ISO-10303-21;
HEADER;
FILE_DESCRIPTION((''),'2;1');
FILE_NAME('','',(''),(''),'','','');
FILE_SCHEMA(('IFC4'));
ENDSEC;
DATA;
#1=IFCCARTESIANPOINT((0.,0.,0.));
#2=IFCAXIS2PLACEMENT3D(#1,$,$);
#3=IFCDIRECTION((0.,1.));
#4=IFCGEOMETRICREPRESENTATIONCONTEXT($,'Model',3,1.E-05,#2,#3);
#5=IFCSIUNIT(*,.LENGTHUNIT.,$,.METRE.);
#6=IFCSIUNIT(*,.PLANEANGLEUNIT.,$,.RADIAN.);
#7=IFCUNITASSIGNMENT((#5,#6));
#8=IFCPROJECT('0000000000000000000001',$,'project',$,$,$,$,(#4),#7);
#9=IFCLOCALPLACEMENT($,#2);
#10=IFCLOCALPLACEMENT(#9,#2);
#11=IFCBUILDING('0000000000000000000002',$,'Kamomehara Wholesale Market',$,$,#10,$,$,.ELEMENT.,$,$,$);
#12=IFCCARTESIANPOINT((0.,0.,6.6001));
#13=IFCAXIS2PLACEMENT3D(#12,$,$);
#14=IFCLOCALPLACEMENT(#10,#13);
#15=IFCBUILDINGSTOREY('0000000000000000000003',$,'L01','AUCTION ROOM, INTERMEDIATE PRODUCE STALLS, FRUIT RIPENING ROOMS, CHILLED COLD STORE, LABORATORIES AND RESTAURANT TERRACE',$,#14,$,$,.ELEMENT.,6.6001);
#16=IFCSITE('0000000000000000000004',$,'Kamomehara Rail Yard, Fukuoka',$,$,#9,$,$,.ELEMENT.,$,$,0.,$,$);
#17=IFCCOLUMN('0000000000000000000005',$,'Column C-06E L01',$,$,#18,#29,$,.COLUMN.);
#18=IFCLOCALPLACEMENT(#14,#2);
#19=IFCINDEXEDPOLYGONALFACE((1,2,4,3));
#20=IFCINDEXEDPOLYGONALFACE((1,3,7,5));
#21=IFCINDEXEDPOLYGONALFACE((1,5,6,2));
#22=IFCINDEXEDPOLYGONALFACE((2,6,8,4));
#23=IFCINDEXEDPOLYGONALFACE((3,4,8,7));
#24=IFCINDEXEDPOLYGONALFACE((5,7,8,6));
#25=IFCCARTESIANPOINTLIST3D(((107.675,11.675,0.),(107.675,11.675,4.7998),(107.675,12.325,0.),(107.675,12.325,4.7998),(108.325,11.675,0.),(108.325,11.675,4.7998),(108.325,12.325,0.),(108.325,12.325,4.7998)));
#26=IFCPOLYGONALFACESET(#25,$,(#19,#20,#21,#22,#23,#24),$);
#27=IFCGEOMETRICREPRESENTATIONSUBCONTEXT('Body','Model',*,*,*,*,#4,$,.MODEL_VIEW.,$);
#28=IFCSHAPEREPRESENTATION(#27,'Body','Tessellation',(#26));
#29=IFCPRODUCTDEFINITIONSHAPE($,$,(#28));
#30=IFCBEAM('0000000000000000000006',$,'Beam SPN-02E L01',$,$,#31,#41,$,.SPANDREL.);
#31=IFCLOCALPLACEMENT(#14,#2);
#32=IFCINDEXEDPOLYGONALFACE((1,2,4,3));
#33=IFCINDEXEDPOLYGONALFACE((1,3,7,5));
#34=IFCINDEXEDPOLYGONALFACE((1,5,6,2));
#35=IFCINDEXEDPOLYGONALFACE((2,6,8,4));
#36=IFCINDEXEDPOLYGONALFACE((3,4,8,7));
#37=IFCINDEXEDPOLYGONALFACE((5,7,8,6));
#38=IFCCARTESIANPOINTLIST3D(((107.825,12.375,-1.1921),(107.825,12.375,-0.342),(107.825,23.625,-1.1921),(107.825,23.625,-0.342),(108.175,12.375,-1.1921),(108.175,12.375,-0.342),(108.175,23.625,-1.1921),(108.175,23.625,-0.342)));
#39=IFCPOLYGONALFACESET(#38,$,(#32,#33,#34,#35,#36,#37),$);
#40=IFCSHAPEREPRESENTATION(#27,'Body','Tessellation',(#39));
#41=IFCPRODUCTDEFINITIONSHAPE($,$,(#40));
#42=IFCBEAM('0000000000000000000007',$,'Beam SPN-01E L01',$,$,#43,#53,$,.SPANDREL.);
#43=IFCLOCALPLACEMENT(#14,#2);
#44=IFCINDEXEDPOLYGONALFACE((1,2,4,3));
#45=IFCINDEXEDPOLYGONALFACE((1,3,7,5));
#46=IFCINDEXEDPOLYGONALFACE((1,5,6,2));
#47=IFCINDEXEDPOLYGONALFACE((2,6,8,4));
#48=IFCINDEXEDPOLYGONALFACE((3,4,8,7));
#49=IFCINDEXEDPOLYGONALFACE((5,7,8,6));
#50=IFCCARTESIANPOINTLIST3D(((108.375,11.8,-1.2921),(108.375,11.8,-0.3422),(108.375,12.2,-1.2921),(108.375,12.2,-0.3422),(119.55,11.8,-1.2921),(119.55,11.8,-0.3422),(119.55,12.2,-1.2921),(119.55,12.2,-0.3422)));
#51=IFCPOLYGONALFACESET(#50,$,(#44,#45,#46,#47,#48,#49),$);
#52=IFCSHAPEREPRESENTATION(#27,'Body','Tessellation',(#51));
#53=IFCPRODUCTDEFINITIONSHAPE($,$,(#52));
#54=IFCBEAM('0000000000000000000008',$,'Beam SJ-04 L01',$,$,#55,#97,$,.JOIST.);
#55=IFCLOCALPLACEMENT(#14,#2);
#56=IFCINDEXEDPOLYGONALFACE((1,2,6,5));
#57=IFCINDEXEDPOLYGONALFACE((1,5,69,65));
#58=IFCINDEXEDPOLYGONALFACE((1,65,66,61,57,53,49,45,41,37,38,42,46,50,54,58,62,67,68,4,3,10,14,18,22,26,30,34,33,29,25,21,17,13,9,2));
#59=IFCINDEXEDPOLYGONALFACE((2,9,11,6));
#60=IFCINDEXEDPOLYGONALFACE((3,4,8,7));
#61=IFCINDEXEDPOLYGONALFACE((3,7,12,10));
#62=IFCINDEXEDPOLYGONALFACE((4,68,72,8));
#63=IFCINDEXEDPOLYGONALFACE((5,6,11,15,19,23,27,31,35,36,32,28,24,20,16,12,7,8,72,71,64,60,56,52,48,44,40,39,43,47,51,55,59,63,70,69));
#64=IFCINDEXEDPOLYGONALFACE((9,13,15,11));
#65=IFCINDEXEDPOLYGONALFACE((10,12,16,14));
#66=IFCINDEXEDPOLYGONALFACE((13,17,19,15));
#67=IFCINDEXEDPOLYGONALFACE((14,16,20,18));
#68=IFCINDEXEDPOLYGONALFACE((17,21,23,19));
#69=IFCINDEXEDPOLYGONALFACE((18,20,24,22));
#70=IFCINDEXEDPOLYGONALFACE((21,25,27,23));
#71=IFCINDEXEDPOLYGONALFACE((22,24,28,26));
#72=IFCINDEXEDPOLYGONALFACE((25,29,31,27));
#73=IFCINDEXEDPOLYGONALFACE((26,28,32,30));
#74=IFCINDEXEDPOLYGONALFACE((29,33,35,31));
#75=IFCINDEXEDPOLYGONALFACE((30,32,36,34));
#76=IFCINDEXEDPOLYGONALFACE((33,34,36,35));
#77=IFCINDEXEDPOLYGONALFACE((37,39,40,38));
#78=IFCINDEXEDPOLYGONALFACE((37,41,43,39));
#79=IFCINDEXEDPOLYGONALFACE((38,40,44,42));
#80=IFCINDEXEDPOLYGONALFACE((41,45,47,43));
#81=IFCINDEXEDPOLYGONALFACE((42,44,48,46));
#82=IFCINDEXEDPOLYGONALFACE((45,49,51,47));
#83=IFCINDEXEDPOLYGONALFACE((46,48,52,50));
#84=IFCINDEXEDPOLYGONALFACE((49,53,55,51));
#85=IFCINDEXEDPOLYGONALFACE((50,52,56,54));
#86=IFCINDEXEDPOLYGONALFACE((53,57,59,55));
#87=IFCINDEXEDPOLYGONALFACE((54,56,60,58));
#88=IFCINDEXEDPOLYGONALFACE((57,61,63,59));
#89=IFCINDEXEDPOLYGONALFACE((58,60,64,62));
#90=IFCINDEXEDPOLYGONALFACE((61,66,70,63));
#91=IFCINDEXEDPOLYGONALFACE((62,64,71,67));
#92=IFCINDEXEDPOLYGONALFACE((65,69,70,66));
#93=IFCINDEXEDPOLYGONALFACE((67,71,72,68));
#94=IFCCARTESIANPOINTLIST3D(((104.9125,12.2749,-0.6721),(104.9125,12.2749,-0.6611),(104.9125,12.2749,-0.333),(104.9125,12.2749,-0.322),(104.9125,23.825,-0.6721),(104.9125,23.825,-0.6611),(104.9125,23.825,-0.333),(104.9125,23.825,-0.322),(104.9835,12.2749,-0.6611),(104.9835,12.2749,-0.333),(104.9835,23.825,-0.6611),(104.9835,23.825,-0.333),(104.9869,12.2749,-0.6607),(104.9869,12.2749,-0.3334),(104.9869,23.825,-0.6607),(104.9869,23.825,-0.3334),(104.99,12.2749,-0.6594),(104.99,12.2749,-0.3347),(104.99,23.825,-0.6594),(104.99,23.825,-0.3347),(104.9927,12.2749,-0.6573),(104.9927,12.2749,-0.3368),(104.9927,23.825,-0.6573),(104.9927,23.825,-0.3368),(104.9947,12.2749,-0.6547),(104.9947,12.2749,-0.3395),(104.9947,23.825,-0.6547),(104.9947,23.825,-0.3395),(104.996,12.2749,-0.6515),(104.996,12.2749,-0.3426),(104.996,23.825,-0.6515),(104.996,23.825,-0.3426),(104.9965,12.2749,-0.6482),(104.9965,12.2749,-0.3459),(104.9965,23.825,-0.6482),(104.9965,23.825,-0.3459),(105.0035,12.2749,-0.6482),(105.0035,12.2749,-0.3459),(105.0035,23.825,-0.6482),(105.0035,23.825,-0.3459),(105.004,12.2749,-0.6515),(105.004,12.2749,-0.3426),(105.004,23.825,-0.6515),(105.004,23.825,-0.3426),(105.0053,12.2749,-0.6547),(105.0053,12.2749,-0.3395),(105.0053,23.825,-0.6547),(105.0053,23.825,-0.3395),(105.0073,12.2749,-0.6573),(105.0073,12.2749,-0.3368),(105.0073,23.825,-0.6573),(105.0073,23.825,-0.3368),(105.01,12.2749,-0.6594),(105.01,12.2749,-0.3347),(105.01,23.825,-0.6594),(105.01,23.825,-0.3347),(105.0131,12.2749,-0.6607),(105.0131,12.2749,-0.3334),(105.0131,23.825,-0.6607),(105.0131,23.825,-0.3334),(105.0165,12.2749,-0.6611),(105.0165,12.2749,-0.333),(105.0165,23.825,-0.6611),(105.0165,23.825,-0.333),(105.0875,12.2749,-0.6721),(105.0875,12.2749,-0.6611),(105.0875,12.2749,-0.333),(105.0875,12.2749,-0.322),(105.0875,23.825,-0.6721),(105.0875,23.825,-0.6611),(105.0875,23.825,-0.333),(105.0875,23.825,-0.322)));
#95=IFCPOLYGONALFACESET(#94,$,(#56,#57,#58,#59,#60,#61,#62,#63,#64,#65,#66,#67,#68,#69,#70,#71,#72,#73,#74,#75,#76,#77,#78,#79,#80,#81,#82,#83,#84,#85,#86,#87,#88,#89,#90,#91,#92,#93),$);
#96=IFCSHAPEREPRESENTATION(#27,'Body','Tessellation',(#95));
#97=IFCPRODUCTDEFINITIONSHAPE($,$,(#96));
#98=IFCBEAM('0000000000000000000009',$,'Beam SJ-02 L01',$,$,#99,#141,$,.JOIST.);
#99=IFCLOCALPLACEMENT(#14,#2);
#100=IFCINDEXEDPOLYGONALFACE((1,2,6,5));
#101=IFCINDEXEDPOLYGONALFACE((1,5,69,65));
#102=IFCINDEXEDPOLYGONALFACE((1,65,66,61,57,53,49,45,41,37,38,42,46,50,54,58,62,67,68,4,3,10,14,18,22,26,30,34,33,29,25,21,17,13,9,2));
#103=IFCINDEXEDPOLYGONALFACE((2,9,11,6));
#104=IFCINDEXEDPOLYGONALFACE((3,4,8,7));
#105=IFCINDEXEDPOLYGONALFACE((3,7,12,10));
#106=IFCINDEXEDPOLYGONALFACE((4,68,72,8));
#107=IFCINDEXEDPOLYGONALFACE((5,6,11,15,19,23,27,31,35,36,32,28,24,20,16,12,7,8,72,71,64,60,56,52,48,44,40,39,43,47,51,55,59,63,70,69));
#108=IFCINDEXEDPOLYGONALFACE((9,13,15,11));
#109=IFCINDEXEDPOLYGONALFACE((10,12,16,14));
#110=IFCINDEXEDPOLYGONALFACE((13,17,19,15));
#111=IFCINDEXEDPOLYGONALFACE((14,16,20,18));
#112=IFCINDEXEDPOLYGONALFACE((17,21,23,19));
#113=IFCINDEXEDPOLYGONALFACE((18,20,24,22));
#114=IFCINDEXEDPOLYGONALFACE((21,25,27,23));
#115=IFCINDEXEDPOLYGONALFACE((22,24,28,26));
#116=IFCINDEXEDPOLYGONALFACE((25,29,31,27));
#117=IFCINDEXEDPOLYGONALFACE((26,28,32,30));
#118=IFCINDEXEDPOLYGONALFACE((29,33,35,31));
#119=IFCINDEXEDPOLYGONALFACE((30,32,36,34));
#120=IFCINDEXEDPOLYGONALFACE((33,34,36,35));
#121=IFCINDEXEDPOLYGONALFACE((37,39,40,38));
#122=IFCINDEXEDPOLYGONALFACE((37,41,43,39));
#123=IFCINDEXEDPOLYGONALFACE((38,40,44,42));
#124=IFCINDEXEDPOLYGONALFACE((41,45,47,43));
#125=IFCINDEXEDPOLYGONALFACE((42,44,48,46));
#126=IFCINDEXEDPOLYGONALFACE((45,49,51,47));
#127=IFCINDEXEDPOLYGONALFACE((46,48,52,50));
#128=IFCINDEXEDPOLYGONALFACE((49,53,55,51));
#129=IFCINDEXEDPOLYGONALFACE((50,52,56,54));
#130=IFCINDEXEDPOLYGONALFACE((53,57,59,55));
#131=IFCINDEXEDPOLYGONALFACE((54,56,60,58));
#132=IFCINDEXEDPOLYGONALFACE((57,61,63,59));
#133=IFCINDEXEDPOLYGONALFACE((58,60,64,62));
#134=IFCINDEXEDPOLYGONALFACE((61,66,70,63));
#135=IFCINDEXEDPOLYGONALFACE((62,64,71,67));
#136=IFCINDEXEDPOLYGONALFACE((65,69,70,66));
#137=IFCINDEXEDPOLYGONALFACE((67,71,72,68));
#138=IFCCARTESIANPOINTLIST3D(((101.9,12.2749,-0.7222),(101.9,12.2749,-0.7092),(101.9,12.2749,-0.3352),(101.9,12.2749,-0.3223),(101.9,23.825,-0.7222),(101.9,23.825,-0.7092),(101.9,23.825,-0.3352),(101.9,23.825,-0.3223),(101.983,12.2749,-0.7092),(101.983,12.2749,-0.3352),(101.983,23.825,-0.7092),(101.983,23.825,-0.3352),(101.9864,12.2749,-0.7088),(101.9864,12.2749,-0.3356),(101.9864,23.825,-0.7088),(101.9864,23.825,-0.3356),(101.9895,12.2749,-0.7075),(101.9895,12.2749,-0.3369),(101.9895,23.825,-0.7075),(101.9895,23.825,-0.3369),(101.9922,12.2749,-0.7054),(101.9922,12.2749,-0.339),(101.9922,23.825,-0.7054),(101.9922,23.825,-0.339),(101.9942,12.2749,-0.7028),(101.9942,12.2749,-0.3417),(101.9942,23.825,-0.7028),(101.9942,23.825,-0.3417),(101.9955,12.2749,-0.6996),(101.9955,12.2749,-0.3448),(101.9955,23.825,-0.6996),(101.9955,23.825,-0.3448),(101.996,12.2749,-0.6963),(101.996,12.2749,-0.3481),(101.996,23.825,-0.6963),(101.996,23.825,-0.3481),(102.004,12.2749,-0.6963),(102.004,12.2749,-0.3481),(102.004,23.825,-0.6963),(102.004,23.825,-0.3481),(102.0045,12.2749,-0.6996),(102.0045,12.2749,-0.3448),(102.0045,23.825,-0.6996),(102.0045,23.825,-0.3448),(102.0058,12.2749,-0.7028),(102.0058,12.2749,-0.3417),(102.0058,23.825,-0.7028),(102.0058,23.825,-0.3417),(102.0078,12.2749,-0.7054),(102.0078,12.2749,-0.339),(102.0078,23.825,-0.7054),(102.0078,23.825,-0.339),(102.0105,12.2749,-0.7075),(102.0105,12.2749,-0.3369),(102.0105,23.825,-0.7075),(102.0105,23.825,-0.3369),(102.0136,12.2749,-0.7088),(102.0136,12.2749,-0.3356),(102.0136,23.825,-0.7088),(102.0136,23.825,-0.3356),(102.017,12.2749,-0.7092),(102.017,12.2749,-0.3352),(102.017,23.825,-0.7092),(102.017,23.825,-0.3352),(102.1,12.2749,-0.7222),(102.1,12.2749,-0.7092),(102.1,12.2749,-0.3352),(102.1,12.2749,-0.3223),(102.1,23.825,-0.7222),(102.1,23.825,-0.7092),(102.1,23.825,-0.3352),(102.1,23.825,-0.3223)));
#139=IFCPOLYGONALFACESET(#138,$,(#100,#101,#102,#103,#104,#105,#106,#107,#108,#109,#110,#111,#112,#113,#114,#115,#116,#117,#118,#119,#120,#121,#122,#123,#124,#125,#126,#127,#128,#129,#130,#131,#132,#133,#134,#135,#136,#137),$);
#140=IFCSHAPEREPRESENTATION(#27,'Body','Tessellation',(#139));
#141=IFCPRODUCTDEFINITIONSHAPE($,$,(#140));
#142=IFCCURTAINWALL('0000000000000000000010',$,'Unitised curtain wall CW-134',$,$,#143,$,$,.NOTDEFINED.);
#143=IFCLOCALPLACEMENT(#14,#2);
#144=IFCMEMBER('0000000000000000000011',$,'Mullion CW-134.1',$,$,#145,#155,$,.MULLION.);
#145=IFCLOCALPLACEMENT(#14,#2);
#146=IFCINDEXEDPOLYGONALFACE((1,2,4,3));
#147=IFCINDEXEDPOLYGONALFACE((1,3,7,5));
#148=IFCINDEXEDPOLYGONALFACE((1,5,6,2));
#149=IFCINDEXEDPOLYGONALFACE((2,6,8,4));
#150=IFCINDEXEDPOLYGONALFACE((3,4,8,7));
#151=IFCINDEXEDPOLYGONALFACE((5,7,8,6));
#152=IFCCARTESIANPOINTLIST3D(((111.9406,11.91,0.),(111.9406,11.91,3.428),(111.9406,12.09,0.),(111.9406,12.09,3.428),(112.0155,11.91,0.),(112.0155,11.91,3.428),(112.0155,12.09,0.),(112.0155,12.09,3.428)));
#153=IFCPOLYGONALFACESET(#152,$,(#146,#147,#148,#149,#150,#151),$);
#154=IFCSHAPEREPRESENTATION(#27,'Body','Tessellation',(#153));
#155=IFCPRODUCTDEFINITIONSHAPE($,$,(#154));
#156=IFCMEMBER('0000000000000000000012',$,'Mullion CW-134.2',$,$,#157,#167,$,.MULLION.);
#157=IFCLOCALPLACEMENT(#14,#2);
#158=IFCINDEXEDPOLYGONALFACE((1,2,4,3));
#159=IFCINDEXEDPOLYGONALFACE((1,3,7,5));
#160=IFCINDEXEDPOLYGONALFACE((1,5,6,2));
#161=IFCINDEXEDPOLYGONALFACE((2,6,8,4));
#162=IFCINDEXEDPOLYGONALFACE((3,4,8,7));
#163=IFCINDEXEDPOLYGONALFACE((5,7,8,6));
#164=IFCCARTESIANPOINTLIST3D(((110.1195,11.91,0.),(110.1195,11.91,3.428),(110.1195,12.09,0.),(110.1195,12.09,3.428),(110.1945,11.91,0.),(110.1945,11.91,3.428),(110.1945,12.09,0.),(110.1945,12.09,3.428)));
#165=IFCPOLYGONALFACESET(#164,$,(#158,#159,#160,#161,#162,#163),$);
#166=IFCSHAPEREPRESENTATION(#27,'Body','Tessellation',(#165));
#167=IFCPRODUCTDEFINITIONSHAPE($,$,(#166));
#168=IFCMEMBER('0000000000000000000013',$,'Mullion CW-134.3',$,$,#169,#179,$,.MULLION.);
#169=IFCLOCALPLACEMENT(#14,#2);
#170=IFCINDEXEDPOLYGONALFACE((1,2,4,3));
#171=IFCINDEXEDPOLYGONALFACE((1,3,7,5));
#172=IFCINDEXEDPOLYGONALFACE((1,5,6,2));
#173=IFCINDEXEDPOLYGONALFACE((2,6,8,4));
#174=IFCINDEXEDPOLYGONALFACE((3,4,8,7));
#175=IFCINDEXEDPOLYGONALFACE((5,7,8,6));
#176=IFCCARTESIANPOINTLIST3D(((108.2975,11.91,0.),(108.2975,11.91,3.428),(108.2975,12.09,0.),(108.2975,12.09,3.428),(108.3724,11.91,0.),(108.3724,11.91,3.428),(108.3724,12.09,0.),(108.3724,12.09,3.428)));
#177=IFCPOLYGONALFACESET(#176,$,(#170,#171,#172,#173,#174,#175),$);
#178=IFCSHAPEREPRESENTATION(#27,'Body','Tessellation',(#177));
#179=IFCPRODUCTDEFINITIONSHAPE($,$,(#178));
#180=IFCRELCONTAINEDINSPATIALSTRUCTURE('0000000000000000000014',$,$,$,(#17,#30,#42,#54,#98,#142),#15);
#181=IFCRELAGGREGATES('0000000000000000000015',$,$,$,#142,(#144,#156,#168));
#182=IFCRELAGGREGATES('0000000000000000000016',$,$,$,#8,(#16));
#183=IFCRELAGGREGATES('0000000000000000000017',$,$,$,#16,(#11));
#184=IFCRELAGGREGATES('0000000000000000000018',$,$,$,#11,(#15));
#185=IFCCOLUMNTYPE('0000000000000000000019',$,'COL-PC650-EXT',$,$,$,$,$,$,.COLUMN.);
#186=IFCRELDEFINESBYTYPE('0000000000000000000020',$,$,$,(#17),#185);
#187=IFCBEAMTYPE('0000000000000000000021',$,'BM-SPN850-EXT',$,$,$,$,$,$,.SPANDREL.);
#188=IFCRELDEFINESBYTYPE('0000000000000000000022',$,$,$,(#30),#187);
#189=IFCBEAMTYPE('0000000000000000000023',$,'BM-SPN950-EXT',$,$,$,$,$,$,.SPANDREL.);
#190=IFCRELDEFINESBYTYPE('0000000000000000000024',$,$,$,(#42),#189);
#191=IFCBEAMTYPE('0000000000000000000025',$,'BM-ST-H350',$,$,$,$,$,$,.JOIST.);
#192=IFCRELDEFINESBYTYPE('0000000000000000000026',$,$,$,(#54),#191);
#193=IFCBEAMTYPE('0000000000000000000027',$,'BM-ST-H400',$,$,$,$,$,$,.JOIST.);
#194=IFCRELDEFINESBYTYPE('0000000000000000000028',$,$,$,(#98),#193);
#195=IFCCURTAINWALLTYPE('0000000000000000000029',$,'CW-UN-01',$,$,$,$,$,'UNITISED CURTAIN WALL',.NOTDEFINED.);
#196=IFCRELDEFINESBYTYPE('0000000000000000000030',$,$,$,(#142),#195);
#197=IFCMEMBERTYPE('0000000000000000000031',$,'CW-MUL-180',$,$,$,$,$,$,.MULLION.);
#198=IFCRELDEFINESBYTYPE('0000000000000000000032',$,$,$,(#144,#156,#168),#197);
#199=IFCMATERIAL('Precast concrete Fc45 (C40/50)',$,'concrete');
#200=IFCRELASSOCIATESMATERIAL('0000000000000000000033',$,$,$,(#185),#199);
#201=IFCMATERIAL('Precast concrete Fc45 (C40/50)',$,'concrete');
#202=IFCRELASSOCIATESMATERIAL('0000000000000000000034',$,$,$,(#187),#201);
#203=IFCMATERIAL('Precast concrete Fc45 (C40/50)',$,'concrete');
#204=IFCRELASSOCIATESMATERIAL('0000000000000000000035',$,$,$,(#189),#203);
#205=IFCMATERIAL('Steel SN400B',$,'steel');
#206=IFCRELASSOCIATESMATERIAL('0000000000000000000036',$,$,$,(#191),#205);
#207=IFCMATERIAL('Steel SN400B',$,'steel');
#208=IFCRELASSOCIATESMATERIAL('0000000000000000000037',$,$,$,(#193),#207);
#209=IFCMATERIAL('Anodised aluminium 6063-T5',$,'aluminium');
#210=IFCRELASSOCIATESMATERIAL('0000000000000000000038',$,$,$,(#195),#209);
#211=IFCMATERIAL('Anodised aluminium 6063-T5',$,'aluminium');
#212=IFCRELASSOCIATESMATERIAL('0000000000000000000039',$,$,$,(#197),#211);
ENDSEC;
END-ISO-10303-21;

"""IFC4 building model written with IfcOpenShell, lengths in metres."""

from ifc_helpers import new_model, si_unit, direction, frame, origin, origin_2d, place, context, subcontext, project, spatial, rectangle, i_section, extrude, material, material_profile, profile_set, type_object, element, aggregate, save


model = new_model("IFC4")

# Units and contexts
model_context = context("Model", 3, precision=1e-05, world=origin(), true_north=direction((0.0, 1.0)))
body_context = subcontext(model_context, "Body", "Model", "MODEL_VIEW")
ifc_project = project(units=[si_unit("LENGTHUNIT", "METRE"), si_unit("PLANEANGLEUNIT", "RADIAN")], contexts=[model_context])

# Site, building, storey
site_placement = place(None, origin())
site = spatial("IfcSite", under=ifc_project, at=site_placement, Name="Kamomehara Rail Yard, Fukuoka", CompositionType="ELEMENT", RefElevation=0.0)
building_placement = place(site_placement, origin())
building = spatial("IfcBuilding", under=site, at=building_placement, Name="Kamomehara Wholesale Market", CompositionType="ELEMENT")
storey_placement = place(building_placement, frame((0.0, 0.0, 6.6001)))
storey = spatial("IfcBuildingStorey", under=building, at=storey_placement, Name="L01", Description="AUCTION ROOM, INTERMEDIATE PRODUCE STALLS, FRUIT RIPENING ROOMS, CHILLED COLD STORE, LABORATORIES AND RESTAURANT TERRACE", CompositionType="ELEMENT", Elevation=6.6001)

# Column
ifc_material_1 = material(Name="Precast concrete Fc45 (C40/50)", Category="concrete")
ifc_material_profile_1 = material_profile(ifc_material_1, rectangle(XDim=0.6499, YDim=0.6499, at=origin_2d()), Name="PC-COL-650x650")
ifc_profile_set_1 = profile_set([ifc_material_profile_1], Name="Precast concrete Fc45 (C40/50)")
column_type = type_object("IfcColumnType", Name="COL-PC650-EXT", PredefinedType="COLUMN", material=ifc_profile_set_1)
column_placement = place(storey_placement, frame((108.0, 12.0, 0.0), z_axis=(0.0, 0.0, 1.0), x_axis=(1.0, 0.0, 0.0)))
element("IfcColumn", 1, at=column_placement, inside=storey, type_object=column_type, Name="Column C-06E L01", PredefinedType="COLUMN", context=body_context, shape_type="SweptSolid", body=[
    extrude(rectangle(XDim=0.6499, YDim=0.6499, at=origin_2d()), origin(), (0.0, 0.0, 1.0), 4.7998),
])

# Beams
ifc_material_2 = material(Name="Precast concrete Fc45 (C40/50)", Category="concrete")
ifc_material_profile_2 = material_profile(ifc_material_2, rectangle(XDim=0.3501, YDim=0.8501, at=origin_2d()), Name="PC-SPN-350x850")
ifc_profile_set_2 = profile_set([ifc_material_profile_2], Name="Precast concrete Fc45 (C40/50)")
beam_type_1 = type_object("IfcBeamType", Name="BM-SPN850-EXT", PredefinedType="SPANDREL", material=ifc_profile_set_2)
beam_1_placement = place(storey_placement, frame((108.0, 12.375, -0.7671), z_axis=(0.0, 1.0, 0.0), x_axis=(-1.0, 0.0, 0.0)))
element("IfcBeam", 2, at=beam_1_placement, inside=storey, type_object=beam_type_1, Name="Beam SPN-02E L01", PredefinedType="SPANDREL", context=body_context, shape_type="SweptSolid", body=[
    extrude(rectangle(XDim=0.3501, YDim=0.8501, at=origin_2d()), origin(), (0.0, 0.0, 1.0), 11.25),
])
ifc_material_3 = material(Name="Precast concrete Fc45 (C40/50)", Category="concrete")
ifc_material_profile_3 = material_profile(ifc_material_3, rectangle(XDim=0.3999, YDim=0.95, at=origin_2d()), Name="PC-SPN-400x950")
ifc_profile_set_3 = profile_set([ifc_material_profile_3], Name="Precast concrete Fc45 (C40/50)")
beam_type_2 = type_object("IfcBeamType", Name="BM-SPN950-EXT", PredefinedType="SPANDREL", material=ifc_profile_set_3)
beam_2_placement = place(storey_placement, frame((108.375, 12.0, -0.8171), z_axis=(1.0, 0.0, 0.0), x_axis=(0.0, 1.0, 0.0)))
element("IfcBeam", 3, at=beam_2_placement, inside=storey, type_object=beam_type_2, Name="Beam SPN-01E L01", PredefinedType="SPANDREL", context=body_context, shape_type="SweptSolid", body=[
    extrude(rectangle(XDim=0.3999, YDim=0.95, at=origin_2d()), origin(), (0.0, 0.0, 1.0), 11.175),
])
ifc_material_4 = material(Name="Steel SN400B", Category="steel")
ifc_material_profile_4 = material_profile(ifc_material_4, i_section(OverallWidth=0.175, OverallDepth=0.3501, WebThickness=0.0071, FlangeThickness=0.011, FilletRadius=0.0129, at=origin_2d()), Name="H-350x175x7x11")
ifc_profile_set_4 = profile_set([ifc_material_profile_4], Name="Steel SN400B")
beam_type_3 = type_object("IfcBeamType", Name="BM-ST-H350", PredefinedType="JOIST", material=ifc_profile_set_4)
beam_3_placement = place(storey_placement, frame((105.0, 12.2749, -0.4971), z_axis=(0.0, 1.0, 0.0), x_axis=(-1.0, 0.0, 0.0)))
element("IfcBeam", 4, at=beam_3_placement, inside=storey, type_object=beam_type_3, Name="Beam SJ-04 L01", PredefinedType="JOIST", context=body_context, shape_type="SweptSolid", body=[
    extrude(i_section(OverallWidth=0.175, OverallDepth=0.3501, WebThickness=0.0071, FlangeThickness=0.011, FilletRadius=0.0129, at=origin_2d()), origin(), (0.0, 0.0, 1.0), 11.55),
])
ifc_material_5 = material(Name="Steel SN400B", Category="steel")
ifc_material_profile_5 = material_profile(ifc_material_5, i_section(OverallWidth=0.2, OverallDepth=0.3999, WebThickness=0.0081, FlangeThickness=0.0129, FilletRadius=0.0129, at=origin_2d()), Name="H-400x200x8x13")
ifc_profile_set_5 = profile_set([ifc_material_profile_5], Name="Steel SN400B")
beam_type_4 = type_object("IfcBeamType", Name="BM-ST-H400", PredefinedType="JOIST", material=ifc_profile_set_5)
beam_4_placement = place(storey_placement, frame((102.0, 12.2749, -0.5222), z_axis=(0.0, 1.0, 0.0), x_axis=(-1.0, 0.0, 0.0)))
element("IfcBeam", 5, at=beam_4_placement, inside=storey, type_object=beam_type_4, Name="Beam SJ-02 L01", PredefinedType="JOIST", context=body_context, shape_type="SweptSolid", body=[
    extrude(i_section(OverallWidth=0.2, OverallDepth=0.3999, WebThickness=0.0081, FlangeThickness=0.0129, FilletRadius=0.0129, at=origin_2d()), origin(), (0.0, 0.0, 1.0), 11.55),
])

# Curtain wall, members
ifc_material_6 = material(Name="Anodised aluminium 6063-T5", Category="aluminium")
curtain_wall_type = type_object("IfcCurtainWallType", Name="CW-UN-01", ElementType="UNITISED CURTAIN WALL", PredefinedType="NOTDEFINED", material=ifc_material_6)
curtain_wall_1_placement = place(storey_placement, origin())
curtain_wall_1 = element("IfcCurtainWall", 6, at=curtain_wall_1_placement, inside=storey, type_object=curtain_wall_type, Name="Unitised curtain wall CW-134", PredefinedType="NOTDEFINED")
ifc_material_7 = material(Name="Anodised aluminium 6063-T5", Category="aluminium")
ifc_material_profile_6 = material_profile(ifc_material_7, rectangle(XDim=0.075, YDim=0.1799, at=origin_2d()), Name="ALU-MUL-75x180")
ifc_profile_set_6 = profile_set([ifc_material_profile_6], Name="Anodised aluminium 6063-T5")
member_type_1 = type_object("IfcMemberType", Name="CW-MUL-180", PredefinedType="MULLION", material=ifc_profile_set_6)
member_1_placement = place(storey_placement, frame((111.978, 12.0, 0.0), z_axis=(0.0, 0.0, 1.0), x_axis=(-1.0, 0.0, 0.0)))
member_1 = element("IfcMember", 7, at=member_1_placement, type_object=member_type_1, Name="Mullion CW-134.1", PredefinedType="MULLION", context=body_context, shape_type="SweptSolid", body=[
    extrude(rectangle(XDim=0.075, YDim=0.1799, at=origin_2d()), origin(), (0.0, 0.0, 1.0), 3.428),
])
member_2_placement = place(storey_placement, frame((110.157, 12.0, 0.0), z_axis=(0.0, 0.0, 1.0), x_axis=(-1.0, 0.0, 0.0)))
member_2 = element("IfcMember", 8, at=member_2_placement, type_object=member_type_1, Name="Mullion CW-134.2", PredefinedType="MULLION", context=body_context, shape_type="SweptSolid", body=[
    extrude(rectangle(XDim=0.075, YDim=0.1799, at=origin_2d()), origin(), (0.0, 0.0, 1.0), 3.428),
])
member_3_placement = place(storey_placement, frame((108.335, 12.0, 0.0), z_axis=(0.0, 0.0, 1.0), x_axis=(-1.0, 0.0, 0.0)))
member_3 = element("IfcMember", 9, at=member_3_placement, type_object=member_type_1, Name="Mullion CW-134.3", PredefinedType="MULLION", context=body_context, shape_type="SweptSolid", body=[
    extrude(rectangle(XDim=0.075, YDim=0.1799, at=origin_2d()), origin(), (0.0, 0.0, 1.0), 3.428),
])
aggregate(curtain_wall_1, [member_1, member_2, member_3])

save(model, "model.ifc")
